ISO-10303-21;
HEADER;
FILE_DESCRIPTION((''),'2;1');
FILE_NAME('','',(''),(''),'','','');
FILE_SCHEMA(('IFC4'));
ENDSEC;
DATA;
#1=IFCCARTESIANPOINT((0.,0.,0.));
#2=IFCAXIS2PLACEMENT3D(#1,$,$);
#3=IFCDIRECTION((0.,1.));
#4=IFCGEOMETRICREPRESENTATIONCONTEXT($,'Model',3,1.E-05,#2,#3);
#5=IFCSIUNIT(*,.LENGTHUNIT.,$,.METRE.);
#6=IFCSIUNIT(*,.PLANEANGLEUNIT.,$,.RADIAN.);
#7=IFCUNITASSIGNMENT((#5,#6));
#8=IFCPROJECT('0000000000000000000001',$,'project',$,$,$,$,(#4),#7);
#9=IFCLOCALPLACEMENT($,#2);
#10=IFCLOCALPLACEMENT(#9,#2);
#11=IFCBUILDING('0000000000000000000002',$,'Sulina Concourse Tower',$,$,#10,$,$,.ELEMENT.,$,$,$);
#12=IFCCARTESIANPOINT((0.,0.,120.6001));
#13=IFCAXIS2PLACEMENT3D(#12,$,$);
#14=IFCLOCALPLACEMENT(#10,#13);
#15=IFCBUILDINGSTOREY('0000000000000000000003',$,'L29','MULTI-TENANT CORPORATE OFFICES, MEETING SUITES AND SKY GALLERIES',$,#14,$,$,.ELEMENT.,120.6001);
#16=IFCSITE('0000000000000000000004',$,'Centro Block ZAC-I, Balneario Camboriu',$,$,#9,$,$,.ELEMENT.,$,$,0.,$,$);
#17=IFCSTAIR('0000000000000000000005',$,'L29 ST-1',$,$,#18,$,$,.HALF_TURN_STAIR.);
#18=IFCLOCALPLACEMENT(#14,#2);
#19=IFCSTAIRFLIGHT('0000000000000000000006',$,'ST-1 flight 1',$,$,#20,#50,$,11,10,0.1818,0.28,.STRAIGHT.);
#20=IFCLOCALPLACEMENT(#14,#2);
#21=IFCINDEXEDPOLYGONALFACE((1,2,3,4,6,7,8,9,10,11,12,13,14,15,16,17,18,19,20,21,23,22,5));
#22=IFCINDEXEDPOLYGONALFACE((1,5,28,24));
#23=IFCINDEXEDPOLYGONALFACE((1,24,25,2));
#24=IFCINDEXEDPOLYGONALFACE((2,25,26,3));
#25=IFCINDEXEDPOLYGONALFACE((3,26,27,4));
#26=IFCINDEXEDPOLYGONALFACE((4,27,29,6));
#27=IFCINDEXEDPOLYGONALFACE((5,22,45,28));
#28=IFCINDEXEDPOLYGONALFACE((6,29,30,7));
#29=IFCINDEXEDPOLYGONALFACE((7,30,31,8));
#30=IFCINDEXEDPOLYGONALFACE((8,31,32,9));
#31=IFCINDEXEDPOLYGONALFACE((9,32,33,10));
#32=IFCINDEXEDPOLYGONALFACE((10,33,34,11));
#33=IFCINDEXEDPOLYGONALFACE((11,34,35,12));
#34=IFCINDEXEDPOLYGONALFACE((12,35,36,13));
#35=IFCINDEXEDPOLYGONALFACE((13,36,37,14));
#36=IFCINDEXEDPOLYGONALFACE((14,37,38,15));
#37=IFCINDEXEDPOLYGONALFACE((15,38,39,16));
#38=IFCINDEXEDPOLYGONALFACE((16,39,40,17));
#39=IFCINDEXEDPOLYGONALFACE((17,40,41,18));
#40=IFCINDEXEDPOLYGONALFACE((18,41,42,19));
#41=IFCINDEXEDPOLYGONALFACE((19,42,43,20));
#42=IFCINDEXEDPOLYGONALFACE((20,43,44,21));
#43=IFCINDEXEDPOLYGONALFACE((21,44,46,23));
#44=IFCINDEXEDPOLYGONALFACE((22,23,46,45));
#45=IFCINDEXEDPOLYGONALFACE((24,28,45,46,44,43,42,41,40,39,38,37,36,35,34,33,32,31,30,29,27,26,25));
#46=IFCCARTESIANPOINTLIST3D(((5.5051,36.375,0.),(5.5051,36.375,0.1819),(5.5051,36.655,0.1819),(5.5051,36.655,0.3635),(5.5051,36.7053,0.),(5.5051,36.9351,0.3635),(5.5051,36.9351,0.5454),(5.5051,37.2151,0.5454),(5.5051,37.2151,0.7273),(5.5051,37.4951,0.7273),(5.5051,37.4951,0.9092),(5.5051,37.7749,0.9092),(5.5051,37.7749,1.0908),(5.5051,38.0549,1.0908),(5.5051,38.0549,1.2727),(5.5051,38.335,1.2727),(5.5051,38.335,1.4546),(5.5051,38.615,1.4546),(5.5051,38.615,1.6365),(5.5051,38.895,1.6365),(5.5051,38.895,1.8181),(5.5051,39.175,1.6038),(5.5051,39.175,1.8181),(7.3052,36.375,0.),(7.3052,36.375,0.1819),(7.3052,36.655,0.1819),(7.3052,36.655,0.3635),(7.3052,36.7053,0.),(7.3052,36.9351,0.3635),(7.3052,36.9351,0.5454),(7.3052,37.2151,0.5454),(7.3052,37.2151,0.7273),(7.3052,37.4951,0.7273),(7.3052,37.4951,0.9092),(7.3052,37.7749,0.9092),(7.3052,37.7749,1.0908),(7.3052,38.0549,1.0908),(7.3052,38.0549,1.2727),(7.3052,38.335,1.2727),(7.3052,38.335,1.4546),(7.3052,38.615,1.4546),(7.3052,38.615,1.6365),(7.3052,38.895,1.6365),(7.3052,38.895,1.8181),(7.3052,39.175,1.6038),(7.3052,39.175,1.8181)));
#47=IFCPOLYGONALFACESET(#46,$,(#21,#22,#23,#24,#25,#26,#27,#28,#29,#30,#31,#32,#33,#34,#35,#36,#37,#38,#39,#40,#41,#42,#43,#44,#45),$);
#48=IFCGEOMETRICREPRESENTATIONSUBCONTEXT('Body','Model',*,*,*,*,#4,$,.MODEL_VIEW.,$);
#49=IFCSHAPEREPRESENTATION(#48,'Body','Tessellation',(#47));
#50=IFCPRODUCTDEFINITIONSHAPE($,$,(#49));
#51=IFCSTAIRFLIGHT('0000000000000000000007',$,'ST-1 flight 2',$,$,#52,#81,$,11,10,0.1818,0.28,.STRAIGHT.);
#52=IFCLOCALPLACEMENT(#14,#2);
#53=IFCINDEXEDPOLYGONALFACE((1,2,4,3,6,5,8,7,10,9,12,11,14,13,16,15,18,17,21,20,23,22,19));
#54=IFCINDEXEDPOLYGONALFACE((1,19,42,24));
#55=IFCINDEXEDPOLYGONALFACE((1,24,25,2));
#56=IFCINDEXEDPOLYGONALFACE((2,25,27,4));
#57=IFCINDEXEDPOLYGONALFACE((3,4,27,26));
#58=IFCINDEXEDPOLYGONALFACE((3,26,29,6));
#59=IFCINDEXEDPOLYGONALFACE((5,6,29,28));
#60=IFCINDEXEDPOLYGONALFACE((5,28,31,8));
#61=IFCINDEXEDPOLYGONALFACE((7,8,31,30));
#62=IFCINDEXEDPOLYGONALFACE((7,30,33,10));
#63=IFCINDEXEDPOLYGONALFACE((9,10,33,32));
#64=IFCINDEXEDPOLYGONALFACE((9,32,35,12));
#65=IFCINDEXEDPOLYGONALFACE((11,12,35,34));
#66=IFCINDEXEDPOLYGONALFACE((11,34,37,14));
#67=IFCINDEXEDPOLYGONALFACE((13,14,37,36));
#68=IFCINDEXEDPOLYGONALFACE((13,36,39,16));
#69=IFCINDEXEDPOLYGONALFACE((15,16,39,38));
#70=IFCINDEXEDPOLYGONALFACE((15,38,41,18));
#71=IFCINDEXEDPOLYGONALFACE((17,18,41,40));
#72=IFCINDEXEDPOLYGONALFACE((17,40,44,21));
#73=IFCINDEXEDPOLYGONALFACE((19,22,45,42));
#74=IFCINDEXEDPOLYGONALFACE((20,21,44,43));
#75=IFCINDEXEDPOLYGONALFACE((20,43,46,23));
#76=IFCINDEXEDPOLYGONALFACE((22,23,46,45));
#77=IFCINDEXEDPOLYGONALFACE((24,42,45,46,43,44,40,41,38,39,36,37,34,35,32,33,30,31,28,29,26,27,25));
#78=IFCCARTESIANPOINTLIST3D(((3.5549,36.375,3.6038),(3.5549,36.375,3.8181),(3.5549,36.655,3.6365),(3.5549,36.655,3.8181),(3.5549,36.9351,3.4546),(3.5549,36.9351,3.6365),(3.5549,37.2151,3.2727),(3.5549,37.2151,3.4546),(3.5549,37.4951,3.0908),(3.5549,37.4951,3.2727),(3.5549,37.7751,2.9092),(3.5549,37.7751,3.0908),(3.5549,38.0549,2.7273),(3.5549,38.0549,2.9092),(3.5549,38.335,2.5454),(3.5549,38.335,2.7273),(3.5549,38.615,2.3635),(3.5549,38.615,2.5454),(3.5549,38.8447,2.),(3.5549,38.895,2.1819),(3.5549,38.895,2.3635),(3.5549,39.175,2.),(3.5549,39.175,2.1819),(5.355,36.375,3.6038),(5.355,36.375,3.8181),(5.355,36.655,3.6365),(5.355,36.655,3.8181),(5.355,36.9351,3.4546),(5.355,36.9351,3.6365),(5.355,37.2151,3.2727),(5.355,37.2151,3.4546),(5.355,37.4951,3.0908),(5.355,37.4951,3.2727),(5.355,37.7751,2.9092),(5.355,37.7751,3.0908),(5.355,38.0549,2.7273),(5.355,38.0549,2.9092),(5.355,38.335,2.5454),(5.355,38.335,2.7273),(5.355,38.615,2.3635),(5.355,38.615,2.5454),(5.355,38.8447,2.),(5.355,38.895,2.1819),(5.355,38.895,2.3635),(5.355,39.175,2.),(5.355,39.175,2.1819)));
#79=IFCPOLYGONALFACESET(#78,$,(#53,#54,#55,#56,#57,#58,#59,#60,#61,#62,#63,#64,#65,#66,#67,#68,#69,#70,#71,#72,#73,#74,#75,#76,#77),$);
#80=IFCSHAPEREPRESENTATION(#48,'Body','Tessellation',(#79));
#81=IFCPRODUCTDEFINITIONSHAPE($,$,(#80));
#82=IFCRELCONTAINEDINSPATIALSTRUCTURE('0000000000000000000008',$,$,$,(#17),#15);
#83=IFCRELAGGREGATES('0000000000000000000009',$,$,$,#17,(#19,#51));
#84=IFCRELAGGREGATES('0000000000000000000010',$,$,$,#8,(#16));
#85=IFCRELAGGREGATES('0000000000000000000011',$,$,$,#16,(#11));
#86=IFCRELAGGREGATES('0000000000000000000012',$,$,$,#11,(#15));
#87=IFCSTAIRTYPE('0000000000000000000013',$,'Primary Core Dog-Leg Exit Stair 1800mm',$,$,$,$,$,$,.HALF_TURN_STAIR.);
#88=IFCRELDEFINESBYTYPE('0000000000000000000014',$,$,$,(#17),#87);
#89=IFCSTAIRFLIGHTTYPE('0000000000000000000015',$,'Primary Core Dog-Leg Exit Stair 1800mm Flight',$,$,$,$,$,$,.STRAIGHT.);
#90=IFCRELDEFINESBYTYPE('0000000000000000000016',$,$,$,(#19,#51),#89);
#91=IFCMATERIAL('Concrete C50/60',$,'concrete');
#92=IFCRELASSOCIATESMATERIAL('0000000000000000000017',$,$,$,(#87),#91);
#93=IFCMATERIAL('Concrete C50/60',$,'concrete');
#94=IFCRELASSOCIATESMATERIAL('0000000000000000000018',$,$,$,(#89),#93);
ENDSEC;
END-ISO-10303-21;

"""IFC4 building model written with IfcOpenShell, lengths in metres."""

from ifc_helpers import new_model, si_unit, direction, frame, origin, place, context, subcontext, project, spatial, polyline, outline, extrude, material, type_object, element, aggregate, save


model = new_model("IFC4")

# Units and contexts
model_context = context("Model", 3, precision=1e-05, world=origin(), true_north=direction((0.0, 1.0)))
body_context = subcontext(model_context, "Body", "Model", "MODEL_VIEW")
ifc_project = project(units=[si_unit("LENGTHUNIT", "METRE"), si_unit("PLANEANGLEUNIT", "RADIAN")], contexts=[model_context])

# Site, building, storey
site_placement = place(None, origin())
site = spatial("IfcSite", under=ifc_project, at=site_placement, Name="Centro Block ZAC-I, Balneario Camboriu", CompositionType="ELEMENT", RefElevation=0.0)
building_placement = place(site_placement, origin())
building = spatial("IfcBuilding", under=site, at=building_placement, Name="Sulina Concourse Tower", CompositionType="ELEMENT")
storey_placement = place(building_placement, frame((0.0, 0.0, 120.6001)))
storey = spatial("IfcBuildingStorey", under=building, at=storey_placement, Name="L29", Description="MULTI-TENANT CORPORATE OFFICES, MEETING SUITES AND SKY GALLERIES", CompositionType="ELEMENT", Elevation=120.6001)

# Stair, stair flights
ifc_material_1 = material(Name="Concrete C50/60", Category="concrete")
stair_type = type_object("IfcStairType", Name="Primary Core Dog-Leg Exit Stair 1800mm", PredefinedType="HALF_TURN_STAIR", material=ifc_material_1)
stair_placement = place(storey_placement, origin())
stair = element("IfcStair", 1, at=stair_placement, inside=storey, type_object=stair_type, Name="L29 ST-1", PredefinedType="HALF_TURN_STAIR")
ifc_material_2 = material(Name="Concrete C50/60", Category="concrete")
stair_flight_type = type_object("IfcStairFlightType", Name="Primary Core Dog-Leg Exit Stair 1800mm Flight", PredefinedType="STRAIGHT", material=ifc_material_2)
stair_flight_1_placement = place(storey_placement, frame((6.405, 36.375, 0.0), z_axis=(0.0, 0.0, 1.0), x_axis=(0.0, 1.0, 0.0)))
stair_flight_1 = element("IfcStairFlight", 2, at=stair_flight_1_placement, type_object=stair_flight_type, Name="ST-1 flight 1", NumberOfRisers=11, NumberOfTreads=10, PredefinedType="STRAIGHT", RiserHeight=0.1818, TreadLength=0.28, context=body_context, shape_type="SweptSolid", body=[
    extrude(outline(polyline([(0.0, 0.0), (0.0, 0.1819), (0.28, 0.1819), (0.28, 0.3635), (0.5601, 0.3635), (0.5601, 0.5454), (0.8401, 0.5454), (0.8401, 0.7273), (1.1201, 0.7273), (1.1201, 0.9092), (1.3999, 0.9092), (1.3999, 1.0908), (1.6799, 1.0908), (1.6799, 1.2727), (1.96, 1.2727), (1.96, 1.4546), (2.24, 1.4546), (2.24, 1.6365), (2.52, 1.6365), (2.52, 1.8181), (2.8, 1.8181), (2.8, 2.0), (2.8, 1.6038), (0.3303, 0.0), (0.0, 0.0)])), frame((0.0, 0.8999, 0.0), z_axis=(0.0, -1.0, 0.0), x_axis=(1.0, 0.0, 0.0)), (0.0, 0.0, 1.0), 1.8),
])
stair_flight_2_placement = place(storey_placement, frame((4.4551, 39.175, 2.0), z_axis=(0.0, 0.0, 1.0), x_axis=(0.0, -1.0, 0.0)))
stair_flight_2 = element("IfcStairFlight", 3, at=stair_flight_2_placement, type_object=stair_flight_type, Name="ST-1 flight 2", NumberOfRisers=11, NumberOfTreads=10, PredefinedType="STRAIGHT", RiserHeight=0.1818, TreadLength=0.28, context=body_context, shape_type="SweptSolid", body=[
    extrude(outline(polyline([(0.0, 0.0), (0.0, 0.1819), (0.28, 0.1819), (0.28, 0.3635), (0.5601, 0.3635), (0.5601, 0.5454), (0.8401, 0.5454), (0.8401, 0.7273), (1.1201, 0.7273), (1.1201, 0.9092), (1.3999, 0.9092), (1.3999, 1.0908), (1.6799, 1.0908), (1.6799, 1.2727), (1.96, 1.2727), (1.96, 1.4546), (2.24, 1.4546), (2.24, 1.6365), (2.52, 1.6365), (2.52, 1.8181), (2.8, 1.8181), (2.8, 2.0), (2.8, 1.6038), (0.3303, 0.0), (0.0, 0.0)])), frame((0.0, 0.8999, 0.0), z_axis=(0.0, -1.0, 0.0), x_axis=(1.0, 0.0, 0.0)), (0.0, 0.0, 1.0), 1.8),
])
aggregate(stair, [stair_flight_1, stair_flight_2])

save(model, "model.ifc")
